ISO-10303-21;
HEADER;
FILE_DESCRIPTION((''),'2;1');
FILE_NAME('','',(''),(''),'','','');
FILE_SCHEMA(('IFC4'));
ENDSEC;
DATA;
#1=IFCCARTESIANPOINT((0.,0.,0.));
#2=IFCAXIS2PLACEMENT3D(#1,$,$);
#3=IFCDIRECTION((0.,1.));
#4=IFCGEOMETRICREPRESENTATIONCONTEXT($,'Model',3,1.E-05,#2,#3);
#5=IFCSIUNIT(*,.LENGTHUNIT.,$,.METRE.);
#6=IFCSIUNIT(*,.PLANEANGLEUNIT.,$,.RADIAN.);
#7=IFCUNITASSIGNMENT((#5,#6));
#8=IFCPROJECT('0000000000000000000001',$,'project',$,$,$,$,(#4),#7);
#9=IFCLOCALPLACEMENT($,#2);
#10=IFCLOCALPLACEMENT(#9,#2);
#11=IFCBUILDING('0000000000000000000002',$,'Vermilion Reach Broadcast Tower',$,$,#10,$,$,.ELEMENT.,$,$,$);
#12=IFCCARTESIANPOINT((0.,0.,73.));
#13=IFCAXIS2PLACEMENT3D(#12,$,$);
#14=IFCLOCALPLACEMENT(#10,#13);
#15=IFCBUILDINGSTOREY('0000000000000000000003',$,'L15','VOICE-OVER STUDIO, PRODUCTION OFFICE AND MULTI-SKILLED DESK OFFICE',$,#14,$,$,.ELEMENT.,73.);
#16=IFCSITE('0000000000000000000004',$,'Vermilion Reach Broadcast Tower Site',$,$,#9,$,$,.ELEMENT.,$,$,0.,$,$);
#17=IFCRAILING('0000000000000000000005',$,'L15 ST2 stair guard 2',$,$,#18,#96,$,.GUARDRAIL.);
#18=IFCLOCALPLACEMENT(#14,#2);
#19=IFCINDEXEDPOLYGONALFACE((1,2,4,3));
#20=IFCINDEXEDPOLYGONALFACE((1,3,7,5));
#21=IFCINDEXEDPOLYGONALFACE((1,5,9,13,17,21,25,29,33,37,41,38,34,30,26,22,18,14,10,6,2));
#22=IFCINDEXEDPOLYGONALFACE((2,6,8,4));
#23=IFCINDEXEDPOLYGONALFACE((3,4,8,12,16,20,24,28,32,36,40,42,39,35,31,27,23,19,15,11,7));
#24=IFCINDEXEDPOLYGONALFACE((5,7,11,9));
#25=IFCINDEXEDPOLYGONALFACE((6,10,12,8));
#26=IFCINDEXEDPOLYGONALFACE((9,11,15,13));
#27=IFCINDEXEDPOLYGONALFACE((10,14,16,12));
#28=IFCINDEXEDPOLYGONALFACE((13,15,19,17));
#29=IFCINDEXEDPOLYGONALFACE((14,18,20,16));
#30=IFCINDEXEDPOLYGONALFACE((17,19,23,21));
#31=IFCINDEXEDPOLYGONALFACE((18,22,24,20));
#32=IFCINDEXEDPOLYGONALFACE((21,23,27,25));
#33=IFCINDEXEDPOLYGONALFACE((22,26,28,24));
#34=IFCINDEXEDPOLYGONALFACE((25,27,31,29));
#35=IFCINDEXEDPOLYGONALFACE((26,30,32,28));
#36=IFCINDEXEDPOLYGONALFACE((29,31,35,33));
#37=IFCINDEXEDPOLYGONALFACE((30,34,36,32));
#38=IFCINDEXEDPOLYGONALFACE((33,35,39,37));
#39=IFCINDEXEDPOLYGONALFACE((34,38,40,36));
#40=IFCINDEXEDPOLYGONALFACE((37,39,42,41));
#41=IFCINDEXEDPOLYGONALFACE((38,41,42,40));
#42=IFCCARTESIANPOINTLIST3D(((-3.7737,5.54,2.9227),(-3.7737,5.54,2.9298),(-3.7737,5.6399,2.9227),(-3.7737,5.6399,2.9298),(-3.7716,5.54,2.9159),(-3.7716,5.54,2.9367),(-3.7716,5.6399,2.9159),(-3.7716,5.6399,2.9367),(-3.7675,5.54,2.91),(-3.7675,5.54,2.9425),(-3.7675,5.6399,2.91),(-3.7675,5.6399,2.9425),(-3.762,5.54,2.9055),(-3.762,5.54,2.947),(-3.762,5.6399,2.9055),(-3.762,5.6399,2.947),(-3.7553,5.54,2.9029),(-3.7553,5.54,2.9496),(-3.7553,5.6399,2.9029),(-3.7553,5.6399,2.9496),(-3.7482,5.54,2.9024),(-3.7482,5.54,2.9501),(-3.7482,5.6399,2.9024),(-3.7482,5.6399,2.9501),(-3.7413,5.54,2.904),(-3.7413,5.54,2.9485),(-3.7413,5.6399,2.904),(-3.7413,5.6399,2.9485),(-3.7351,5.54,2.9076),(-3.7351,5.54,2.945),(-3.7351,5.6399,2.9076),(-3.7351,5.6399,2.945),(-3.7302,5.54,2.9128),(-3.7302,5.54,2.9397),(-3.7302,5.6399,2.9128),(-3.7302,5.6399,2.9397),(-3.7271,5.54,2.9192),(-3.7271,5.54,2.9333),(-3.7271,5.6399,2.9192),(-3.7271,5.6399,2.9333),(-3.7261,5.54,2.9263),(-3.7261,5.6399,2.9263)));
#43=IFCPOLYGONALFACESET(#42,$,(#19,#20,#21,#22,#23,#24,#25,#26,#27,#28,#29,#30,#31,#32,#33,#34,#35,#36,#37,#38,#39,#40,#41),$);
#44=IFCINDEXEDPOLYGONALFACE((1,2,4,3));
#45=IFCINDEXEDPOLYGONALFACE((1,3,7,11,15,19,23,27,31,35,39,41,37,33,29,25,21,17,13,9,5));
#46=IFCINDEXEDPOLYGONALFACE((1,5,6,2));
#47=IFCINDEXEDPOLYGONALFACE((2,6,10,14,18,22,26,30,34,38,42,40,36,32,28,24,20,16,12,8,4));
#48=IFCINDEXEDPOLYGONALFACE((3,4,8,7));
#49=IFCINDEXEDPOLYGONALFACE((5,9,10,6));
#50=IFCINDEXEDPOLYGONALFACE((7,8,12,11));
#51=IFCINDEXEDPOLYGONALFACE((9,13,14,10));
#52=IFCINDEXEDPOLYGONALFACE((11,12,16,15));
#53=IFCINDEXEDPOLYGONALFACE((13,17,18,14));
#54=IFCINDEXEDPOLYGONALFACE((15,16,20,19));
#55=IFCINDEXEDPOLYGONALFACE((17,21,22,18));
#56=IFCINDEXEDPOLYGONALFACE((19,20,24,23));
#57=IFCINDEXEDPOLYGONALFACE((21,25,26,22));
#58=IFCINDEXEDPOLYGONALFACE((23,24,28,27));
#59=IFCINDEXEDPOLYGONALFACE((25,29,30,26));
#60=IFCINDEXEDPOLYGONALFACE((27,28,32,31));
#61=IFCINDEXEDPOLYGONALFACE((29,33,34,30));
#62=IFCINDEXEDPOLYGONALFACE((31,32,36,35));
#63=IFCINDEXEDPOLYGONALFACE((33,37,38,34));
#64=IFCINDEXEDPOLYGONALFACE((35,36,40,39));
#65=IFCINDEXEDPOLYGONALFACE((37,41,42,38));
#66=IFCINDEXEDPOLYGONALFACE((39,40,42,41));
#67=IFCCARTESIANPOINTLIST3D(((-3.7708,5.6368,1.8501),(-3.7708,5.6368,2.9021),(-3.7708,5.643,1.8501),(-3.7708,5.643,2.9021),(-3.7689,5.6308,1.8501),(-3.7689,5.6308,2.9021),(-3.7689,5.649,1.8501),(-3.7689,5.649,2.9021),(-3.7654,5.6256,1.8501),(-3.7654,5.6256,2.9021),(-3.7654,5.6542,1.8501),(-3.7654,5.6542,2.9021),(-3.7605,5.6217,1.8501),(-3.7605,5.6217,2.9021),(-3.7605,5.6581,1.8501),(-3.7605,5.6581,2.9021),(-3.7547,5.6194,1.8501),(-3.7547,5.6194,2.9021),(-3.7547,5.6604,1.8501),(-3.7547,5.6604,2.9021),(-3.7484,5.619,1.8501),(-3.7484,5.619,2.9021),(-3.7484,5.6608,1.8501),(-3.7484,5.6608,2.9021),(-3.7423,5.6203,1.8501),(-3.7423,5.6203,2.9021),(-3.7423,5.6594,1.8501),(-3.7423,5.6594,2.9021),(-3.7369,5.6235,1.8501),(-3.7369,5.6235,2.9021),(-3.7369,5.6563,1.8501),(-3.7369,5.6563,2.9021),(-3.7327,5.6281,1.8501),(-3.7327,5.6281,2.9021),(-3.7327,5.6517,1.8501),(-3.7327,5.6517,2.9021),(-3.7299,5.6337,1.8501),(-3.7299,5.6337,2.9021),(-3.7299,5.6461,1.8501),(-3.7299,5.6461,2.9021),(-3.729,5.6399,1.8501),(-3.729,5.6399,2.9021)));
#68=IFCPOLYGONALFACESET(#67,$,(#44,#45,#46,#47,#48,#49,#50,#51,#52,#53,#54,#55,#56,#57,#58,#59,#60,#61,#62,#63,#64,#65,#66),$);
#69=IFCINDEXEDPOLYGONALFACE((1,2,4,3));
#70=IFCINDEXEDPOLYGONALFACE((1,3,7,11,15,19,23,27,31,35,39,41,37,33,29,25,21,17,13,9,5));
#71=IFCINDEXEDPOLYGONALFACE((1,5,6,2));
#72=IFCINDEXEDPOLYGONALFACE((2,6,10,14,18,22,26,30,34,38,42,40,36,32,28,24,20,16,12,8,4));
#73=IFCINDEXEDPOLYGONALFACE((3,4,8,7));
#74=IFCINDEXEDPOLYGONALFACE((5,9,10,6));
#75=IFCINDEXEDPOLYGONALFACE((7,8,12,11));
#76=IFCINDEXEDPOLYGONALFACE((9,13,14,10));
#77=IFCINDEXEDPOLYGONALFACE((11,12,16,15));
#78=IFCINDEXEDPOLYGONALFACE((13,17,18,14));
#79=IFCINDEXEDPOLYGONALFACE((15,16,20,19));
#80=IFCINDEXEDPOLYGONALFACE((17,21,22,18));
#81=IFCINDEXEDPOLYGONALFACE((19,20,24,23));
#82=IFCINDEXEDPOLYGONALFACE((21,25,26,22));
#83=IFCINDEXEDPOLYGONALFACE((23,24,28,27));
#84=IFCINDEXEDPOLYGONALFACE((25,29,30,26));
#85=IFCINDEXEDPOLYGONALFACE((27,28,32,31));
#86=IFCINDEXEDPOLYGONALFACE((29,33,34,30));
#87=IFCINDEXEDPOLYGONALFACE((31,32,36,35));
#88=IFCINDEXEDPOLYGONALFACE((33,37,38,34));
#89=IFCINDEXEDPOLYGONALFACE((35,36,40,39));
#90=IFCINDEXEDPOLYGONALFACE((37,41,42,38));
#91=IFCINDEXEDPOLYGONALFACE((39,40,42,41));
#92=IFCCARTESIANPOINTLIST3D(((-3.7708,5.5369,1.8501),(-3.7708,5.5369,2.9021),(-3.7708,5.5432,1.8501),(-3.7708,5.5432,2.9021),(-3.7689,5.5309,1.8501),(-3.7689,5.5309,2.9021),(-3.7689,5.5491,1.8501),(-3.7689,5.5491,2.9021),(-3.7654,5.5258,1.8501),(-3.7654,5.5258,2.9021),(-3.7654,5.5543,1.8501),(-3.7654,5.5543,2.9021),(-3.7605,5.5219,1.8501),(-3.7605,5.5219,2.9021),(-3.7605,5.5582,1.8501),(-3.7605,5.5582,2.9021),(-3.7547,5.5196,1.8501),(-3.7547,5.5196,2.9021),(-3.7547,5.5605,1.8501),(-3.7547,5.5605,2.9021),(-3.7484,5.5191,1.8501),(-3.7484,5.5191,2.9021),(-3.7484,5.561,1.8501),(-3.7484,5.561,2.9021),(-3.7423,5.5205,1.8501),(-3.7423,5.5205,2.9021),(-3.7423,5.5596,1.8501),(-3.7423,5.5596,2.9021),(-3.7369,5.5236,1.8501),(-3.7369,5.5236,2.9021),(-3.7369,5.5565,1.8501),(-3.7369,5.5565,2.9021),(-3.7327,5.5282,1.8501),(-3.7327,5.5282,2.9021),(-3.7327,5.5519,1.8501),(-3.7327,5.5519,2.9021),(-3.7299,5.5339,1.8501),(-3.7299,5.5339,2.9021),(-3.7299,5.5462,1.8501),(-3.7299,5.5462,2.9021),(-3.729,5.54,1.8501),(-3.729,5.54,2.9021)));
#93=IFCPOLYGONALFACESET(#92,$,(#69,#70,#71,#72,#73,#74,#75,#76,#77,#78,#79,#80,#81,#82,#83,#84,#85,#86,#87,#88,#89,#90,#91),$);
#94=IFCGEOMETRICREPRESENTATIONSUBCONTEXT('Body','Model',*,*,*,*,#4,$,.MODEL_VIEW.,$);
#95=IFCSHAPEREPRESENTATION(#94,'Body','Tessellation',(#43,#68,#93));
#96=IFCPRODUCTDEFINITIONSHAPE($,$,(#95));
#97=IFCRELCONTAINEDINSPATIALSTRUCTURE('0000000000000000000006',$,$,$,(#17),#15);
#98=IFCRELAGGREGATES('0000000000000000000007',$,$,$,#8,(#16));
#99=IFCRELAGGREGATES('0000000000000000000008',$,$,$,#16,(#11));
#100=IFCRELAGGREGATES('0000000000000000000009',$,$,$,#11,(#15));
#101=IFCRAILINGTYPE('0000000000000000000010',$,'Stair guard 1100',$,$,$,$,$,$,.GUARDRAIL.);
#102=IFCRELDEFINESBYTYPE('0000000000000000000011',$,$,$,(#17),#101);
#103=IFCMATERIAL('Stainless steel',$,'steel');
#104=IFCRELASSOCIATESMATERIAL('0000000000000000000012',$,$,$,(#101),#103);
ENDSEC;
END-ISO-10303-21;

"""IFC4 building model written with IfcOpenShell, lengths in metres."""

from ifc_helpers import new_model, si_unit, direction, frame, origin, origin_2d, place, context, subcontext, project, spatial, circle, extrude, material, type_object, element, save


model = new_model("IFC4")

# Units and contexts
model_context = context("Model", 3, precision=1e-05, world=origin(), true_north=direction((0.0, 1.0)))
body_context = subcontext(model_context, "Body", "Model", "MODEL_VIEW")
ifc_project = project(units=[si_unit("LENGTHUNIT", "METRE"), si_unit("PLANEANGLEUNIT", "RADIAN")], contexts=[model_context])

# Site, building, storey
site_placement = place(None, origin())
site = spatial("IfcSite", under=ifc_project, at=site_placement, Name="Vermilion Reach Broadcast Tower Site", CompositionType="ELEMENT", RefElevation=0.0)
building_placement = place(site_placement, origin())
building = spatial("IfcBuilding", under=site, at=building_placement, Name="Vermilion Reach Broadcast Tower", CompositionType="ELEMENT")
storey_placement = place(building_placement, frame((0.0, 0.0, 73.0)))
storey = spatial("IfcBuildingStorey", under=building, at=storey_placement, Name="L15", Description="VOICE-OVER STUDIO, PRODUCTION OFFICE AND MULTI-SKILLED DESK OFFICE", CompositionType="ELEMENT", Elevation=73.0)

# Railing
ifc_material_1 = material(Name="Stainless steel", Category="steel")
railing_type_1 = type_object("IfcRailingType", Name="Stair guard 1100", PredefinedType="GUARDRAIL", material=ifc_material_1)
railing_1_placement = place(storey_placement, frame((-3.75, 5.6399, 1.8501)))
element("IfcRailing", 1, at=railing_1_placement, inside=storey, type_object=railing_type_1, Name="L15 ST2 stair guard 2", PredefinedType="GUARDRAIL", context=body_context, shape_type="SweptSolid", body=[
    extrude(circle(Radius=0.0239, at=origin_2d()), frame((0.0, 0.0, 1.0762), z_axis=(0.0, -1.0, 0.0), x_axis=(1.0, 0.0, 0.0)), (0.0, 0.0, 1.0), 0.0999),
    extrude(circle(Radius=0.021, at=origin_2d()), origin(), (0.0, 0.0, 1.0), 1.052),
    extrude(circle(Radius=0.021, at=origin_2d()), frame((0.0, -0.0999, 0.0)), (0.0, 0.0, 1.0), 1.052),
])

save(model, "model.ifc")
